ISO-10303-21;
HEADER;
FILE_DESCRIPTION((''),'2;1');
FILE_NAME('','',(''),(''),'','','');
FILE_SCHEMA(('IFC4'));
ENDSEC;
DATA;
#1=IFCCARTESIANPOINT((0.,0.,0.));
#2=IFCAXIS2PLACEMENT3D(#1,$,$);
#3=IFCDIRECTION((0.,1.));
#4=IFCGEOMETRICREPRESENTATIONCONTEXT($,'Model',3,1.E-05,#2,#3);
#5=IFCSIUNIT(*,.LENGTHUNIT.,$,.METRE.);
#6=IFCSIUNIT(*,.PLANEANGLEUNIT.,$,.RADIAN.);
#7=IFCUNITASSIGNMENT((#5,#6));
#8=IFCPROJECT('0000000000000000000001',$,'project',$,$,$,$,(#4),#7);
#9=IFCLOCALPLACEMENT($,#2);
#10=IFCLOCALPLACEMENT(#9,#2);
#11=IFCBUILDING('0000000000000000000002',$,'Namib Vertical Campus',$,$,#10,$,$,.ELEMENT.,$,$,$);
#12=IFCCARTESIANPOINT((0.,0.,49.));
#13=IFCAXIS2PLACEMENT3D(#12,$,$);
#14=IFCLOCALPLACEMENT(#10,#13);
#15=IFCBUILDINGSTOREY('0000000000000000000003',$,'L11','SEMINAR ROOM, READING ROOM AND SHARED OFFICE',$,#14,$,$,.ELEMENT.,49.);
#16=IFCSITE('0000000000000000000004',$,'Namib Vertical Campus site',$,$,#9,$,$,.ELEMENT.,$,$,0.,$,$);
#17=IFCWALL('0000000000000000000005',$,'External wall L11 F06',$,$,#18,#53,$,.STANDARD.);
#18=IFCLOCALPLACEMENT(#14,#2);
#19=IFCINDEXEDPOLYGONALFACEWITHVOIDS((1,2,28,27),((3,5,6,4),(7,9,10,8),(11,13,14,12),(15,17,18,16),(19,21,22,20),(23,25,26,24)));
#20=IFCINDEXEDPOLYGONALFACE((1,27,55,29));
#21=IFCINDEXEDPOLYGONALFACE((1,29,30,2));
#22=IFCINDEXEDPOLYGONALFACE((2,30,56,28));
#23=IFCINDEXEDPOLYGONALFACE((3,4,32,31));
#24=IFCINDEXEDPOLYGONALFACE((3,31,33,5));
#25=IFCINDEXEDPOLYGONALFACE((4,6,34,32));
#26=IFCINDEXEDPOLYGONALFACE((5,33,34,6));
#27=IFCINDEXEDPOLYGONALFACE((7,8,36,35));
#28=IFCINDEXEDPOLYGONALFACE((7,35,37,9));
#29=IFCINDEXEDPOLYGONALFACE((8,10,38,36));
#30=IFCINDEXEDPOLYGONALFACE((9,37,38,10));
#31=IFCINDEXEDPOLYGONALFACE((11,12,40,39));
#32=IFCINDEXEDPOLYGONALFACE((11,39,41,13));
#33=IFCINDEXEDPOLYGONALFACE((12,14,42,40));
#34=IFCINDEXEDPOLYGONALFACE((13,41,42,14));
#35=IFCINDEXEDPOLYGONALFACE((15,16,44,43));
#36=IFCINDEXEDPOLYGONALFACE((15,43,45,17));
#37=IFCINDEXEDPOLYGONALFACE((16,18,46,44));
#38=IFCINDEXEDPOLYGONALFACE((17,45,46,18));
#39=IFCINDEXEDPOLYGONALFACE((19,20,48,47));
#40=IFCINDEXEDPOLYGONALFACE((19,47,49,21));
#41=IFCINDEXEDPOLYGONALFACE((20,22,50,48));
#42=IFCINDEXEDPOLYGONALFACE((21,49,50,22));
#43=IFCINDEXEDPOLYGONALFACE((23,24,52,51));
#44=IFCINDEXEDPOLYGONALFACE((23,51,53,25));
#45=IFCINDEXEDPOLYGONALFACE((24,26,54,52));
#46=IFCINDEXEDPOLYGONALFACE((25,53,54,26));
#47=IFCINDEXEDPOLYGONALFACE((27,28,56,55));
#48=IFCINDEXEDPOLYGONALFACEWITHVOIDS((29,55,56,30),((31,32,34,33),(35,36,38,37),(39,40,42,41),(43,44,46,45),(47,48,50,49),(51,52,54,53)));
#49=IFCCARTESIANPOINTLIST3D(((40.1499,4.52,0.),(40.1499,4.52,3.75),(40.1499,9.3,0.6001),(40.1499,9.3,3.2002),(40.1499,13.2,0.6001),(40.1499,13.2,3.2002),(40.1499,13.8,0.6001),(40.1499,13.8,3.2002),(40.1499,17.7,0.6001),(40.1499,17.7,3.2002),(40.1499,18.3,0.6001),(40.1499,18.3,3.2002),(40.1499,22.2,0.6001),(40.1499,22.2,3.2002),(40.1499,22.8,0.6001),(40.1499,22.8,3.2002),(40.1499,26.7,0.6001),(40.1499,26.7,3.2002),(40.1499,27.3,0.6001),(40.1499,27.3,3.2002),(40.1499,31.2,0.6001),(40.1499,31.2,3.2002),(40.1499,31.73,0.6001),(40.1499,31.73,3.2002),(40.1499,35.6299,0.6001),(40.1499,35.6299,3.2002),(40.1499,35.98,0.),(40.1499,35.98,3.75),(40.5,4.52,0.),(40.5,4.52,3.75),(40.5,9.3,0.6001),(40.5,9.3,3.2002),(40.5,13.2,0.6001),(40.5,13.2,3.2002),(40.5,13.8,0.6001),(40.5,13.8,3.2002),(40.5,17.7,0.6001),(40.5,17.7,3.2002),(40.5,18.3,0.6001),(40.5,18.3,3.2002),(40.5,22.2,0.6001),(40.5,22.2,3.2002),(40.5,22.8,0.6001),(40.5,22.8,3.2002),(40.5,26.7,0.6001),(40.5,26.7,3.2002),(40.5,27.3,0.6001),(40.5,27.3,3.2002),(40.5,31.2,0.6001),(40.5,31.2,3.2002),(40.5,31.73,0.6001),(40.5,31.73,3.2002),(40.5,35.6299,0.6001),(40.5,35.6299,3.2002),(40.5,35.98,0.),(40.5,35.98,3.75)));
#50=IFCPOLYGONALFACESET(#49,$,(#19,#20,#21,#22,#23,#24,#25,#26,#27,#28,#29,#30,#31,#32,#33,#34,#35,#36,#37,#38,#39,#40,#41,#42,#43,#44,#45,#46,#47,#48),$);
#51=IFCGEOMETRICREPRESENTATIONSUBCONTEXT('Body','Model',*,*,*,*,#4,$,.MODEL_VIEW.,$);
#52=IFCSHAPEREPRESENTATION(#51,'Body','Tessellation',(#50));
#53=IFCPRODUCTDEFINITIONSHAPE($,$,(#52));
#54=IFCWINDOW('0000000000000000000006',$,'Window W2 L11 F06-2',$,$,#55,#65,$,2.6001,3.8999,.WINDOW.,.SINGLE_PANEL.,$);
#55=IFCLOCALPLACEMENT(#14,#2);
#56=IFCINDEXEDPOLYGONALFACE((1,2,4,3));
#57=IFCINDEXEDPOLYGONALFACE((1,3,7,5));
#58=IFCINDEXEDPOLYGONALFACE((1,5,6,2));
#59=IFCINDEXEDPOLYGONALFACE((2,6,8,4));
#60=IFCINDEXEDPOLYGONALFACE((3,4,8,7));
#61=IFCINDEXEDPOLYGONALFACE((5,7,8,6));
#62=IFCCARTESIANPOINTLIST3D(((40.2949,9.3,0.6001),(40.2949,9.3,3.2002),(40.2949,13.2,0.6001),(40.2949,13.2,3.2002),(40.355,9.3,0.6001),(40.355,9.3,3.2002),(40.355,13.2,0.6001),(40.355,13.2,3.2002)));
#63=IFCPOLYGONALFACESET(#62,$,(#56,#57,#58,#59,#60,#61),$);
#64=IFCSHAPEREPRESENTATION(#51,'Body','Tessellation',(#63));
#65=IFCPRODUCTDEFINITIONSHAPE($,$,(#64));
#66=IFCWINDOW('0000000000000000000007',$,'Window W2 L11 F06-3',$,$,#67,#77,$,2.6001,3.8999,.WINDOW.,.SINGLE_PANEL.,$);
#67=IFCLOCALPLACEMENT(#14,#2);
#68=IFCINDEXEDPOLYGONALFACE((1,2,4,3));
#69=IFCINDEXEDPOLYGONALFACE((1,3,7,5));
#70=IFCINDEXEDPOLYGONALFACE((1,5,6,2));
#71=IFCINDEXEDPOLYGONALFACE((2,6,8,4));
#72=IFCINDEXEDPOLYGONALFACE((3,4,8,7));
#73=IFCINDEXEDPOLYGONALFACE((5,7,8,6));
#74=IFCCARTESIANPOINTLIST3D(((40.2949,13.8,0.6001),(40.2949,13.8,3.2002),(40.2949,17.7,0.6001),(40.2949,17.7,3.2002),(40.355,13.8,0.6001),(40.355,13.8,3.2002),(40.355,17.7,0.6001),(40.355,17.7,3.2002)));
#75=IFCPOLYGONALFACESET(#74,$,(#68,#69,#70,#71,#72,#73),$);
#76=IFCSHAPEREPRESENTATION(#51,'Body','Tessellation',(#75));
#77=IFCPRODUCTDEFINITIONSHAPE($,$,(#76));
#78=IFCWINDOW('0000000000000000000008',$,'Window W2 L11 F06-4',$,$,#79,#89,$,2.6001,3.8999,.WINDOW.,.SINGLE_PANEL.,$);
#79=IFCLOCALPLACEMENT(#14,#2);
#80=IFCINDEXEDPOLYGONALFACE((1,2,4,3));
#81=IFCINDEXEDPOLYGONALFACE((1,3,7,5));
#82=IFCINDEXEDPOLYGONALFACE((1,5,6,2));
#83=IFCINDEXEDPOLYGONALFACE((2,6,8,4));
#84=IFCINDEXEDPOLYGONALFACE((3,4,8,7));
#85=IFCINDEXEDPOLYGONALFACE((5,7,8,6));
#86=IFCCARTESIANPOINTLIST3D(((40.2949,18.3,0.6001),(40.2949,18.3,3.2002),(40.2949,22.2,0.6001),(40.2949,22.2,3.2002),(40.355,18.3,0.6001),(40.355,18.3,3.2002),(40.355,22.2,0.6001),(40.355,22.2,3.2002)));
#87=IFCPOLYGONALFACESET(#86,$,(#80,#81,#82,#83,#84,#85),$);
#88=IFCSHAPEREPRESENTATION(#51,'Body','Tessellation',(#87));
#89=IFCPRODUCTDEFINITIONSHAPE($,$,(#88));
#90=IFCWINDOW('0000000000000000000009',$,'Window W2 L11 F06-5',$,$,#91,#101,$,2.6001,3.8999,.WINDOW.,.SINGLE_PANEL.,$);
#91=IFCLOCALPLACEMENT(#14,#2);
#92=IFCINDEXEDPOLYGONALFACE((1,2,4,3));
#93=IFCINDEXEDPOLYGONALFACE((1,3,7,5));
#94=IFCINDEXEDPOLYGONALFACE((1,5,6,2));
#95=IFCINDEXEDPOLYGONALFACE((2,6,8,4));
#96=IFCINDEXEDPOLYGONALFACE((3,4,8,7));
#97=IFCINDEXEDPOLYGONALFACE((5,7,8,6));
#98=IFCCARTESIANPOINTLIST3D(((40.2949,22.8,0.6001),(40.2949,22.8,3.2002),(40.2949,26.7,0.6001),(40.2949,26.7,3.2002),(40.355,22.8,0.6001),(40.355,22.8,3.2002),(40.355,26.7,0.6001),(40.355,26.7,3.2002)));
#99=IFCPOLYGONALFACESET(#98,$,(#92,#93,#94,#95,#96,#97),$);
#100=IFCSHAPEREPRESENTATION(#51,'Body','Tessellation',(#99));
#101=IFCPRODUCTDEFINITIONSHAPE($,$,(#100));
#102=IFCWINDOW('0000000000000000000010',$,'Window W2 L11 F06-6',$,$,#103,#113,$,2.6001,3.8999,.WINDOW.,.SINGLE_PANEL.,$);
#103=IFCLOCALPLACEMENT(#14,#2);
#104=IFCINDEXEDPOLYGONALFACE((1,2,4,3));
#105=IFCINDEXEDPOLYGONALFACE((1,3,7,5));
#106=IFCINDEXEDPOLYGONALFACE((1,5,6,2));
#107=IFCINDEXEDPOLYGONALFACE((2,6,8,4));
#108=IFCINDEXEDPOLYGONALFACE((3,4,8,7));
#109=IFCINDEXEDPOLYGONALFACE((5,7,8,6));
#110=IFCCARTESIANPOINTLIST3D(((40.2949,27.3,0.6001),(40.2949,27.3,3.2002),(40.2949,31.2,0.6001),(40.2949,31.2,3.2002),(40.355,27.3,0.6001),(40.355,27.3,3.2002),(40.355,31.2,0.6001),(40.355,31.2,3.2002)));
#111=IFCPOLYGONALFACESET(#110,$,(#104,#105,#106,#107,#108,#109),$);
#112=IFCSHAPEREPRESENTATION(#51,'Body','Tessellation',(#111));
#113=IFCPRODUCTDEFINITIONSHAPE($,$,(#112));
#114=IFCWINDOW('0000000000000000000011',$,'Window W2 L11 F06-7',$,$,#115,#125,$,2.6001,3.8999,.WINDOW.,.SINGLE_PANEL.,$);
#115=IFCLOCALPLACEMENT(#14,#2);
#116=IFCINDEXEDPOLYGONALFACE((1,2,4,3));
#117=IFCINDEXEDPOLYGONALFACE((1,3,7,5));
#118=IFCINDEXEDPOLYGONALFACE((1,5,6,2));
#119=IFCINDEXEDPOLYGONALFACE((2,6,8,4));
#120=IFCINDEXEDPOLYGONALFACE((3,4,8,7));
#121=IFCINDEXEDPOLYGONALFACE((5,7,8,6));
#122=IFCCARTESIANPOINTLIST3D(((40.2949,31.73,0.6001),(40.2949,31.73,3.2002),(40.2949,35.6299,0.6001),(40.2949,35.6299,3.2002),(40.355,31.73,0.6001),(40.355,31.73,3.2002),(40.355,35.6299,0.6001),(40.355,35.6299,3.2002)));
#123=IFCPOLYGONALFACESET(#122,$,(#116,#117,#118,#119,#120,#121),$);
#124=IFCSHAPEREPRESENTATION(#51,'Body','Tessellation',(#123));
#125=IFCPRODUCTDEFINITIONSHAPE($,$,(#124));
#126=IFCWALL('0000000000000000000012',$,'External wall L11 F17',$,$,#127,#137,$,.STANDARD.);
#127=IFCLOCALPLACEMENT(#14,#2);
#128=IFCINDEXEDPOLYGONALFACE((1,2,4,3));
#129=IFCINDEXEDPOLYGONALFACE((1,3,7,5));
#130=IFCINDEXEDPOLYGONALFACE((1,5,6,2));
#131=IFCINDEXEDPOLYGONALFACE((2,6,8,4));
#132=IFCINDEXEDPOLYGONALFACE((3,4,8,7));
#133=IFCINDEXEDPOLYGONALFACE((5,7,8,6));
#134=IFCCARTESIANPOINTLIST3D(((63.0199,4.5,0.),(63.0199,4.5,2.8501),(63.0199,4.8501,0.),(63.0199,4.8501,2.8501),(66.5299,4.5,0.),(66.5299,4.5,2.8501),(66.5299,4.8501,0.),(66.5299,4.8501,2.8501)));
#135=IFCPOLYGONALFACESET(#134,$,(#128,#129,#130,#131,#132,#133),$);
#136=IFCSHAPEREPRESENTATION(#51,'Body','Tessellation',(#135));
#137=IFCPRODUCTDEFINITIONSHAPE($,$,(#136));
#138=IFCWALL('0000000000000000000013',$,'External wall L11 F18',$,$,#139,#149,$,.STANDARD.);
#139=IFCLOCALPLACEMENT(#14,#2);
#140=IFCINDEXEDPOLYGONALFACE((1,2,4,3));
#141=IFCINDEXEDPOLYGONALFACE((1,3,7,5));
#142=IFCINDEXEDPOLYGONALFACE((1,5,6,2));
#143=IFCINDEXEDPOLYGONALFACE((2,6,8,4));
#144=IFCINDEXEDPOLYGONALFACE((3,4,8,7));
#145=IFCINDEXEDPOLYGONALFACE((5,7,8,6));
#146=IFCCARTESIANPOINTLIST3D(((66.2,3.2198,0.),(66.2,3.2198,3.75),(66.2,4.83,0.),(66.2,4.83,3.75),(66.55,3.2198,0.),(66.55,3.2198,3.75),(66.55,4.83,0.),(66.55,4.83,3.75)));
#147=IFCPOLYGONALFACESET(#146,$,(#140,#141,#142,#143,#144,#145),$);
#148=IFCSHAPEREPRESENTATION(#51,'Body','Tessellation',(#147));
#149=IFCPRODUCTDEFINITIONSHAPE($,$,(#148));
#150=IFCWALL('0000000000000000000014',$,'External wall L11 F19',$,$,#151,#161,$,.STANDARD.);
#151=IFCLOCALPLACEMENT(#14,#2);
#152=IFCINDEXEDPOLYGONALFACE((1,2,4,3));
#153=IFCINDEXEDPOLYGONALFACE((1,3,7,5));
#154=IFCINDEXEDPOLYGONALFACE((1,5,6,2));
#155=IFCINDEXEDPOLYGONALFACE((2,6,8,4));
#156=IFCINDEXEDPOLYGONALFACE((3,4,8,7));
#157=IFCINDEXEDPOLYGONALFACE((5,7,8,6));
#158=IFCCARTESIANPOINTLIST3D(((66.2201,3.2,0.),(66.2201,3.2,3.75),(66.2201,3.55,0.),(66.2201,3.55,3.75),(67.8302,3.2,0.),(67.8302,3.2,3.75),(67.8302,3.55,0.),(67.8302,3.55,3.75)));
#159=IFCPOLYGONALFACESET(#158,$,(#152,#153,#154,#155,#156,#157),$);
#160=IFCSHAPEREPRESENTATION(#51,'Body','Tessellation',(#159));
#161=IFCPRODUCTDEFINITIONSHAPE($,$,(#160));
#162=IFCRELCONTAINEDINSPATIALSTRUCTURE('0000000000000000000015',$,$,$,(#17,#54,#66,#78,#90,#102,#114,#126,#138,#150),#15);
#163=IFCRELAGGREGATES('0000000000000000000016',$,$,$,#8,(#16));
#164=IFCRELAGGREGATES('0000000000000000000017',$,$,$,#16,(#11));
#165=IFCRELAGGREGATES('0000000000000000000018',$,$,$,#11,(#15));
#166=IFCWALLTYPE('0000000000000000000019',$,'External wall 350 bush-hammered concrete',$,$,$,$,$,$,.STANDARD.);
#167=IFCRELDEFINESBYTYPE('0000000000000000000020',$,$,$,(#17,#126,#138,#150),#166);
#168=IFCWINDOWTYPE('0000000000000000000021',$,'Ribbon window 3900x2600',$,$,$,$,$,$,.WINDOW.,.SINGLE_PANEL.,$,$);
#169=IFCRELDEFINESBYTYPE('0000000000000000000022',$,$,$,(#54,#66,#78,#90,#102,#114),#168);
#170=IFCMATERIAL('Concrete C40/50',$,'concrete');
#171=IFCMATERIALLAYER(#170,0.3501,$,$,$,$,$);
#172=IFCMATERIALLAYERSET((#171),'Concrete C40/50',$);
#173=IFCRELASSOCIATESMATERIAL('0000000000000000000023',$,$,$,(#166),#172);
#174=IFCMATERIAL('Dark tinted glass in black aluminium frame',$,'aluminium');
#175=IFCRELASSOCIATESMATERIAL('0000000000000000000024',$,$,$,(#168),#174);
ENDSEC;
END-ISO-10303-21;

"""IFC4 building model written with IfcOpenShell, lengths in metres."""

from ifc_helpers import new_model, si_unit, direction, frame, frame_2d, origin, place, context, subcontext, project, spatial, rectangle, extrude, material, layer, layer_set, type_object, element, fill, save


model = new_model("IFC4")

# Units and contexts
model_context = context("Model", 3, precision=1e-05, world=origin(), true_north=direction((0.0, 1.0)))
body_context = subcontext(model_context, "Body", "Model", "MODEL_VIEW")
ifc_project = project(units=[si_unit("LENGTHUNIT", "METRE"), si_unit("PLANEANGLEUNIT", "RADIAN")], contexts=[model_context])

# Site, building, storey
site_placement = place(None, origin())
site = spatial("IfcSite", under=ifc_project, at=site_placement, Name="Namib Vertical Campus site", CompositionType="ELEMENT", RefElevation=0.0)
building_placement = place(site_placement, origin())
building = spatial("IfcBuilding", under=site, at=building_placement, Name="Namib Vertical Campus", CompositionType="ELEMENT")
storey_placement = place(building_placement, frame((0.0, 0.0, 49.0)))
storey = spatial("IfcBuildingStorey", under=building, at=storey_placement, Name="L11", Description="SEMINAR ROOM, READING ROOM AND SHARED OFFICE", CompositionType="ELEMENT", Elevation=49.0)

# Shared definitions
ifc_material_1 = material(Name="Concrete C40/50", Category="concrete")
ifc_layer_1 = layer(ifc_material_1, 0.3501)
ifc_layer_set_1 = layer_set([ifc_layer_1], Name="Concrete C40/50")
wall_type_1 = type_object("IfcWallType", Name="External wall 350 bush-hammered concrete", PredefinedType="STANDARD", material=ifc_layer_set_1)

# Wall, openings, windows
wall_1_placement = place(storey_placement, frame((40.325, 4.52, 0.0), z_axis=(0.0, 0.0, 1.0), x_axis=(0.0, 1.0, 0.0)))
wall_1 = element("IfcWall", 1, at=wall_1_placement, inside=storey, type_object=wall_type_1, Name="External wall L11 F06", PredefinedType="STANDARD", context=body_context, shape_type="SweptSolid", body=[
    extrude(rectangle(XDim=31.46, YDim=0.3501, at=frame_2d((15.73, 0.0))), origin(), (0.0, 0.0, 1.0), 3.75),
])
opening_1_placement = place(wall_1_placement, frame((4.78, 0.0, 0.6001)))
opening_1 = element("IfcOpeningElement", 2, at=opening_1_placement, cuts=wall_1, PredefinedType="OPENING", context=body_context, shape_type="SweptSolid", body=[
    extrude(rectangle(XDim=3.8999, YDim=2.6001, at=frame_2d((1.95, 1.3))), frame((0.0, 0.1851, 0.0), z_axis=(0.0, -1.0, 0.0), x_axis=(1.0, 0.0, 0.0)), (0.0, 0.0, 1.0), 0.3701),
])
opening_2_placement = place(wall_1_placement, frame((9.28, 0.0, 0.6001)))
opening_2 = element("IfcOpeningElement", 3, at=opening_2_placement, cuts=wall_1, PredefinedType="OPENING", context=body_context, shape_type="SweptSolid", body=[
    extrude(rectangle(XDim=3.8999, YDim=2.6001, at=frame_2d((1.95, 1.3))), frame((0.0, 0.1851, 0.0), z_axis=(0.0, -1.0, 0.0), x_axis=(1.0, 0.0, 0.0)), (0.0, 0.0, 1.0), 0.3701),
])
opening_3_placement = place(wall_1_placement, frame((13.78, 0.0, 0.6001)))
opening_3 = element("IfcOpeningElement", 4, at=opening_3_placement, cuts=wall_1, PredefinedType="OPENING", context=body_context, shape_type="SweptSolid", body=[
    extrude(rectangle(XDim=3.8999, YDim=2.6001, at=frame_2d((1.95, 1.3))), frame((0.0, 0.1851, 0.0), z_axis=(0.0, -1.0, 0.0), x_axis=(1.0, 0.0, 0.0)), (0.0, 0.0, 1.0), 0.3701),
])
opening_4_placement = place(wall_1_placement, frame((18.28, 0.0, 0.6001)))
opening_4 = element("IfcOpeningElement", 5, at=opening_4_placement, cuts=wall_1, PredefinedType="OPENING", context=body_context, shape_type="SweptSolid", body=[
    extrude(rectangle(XDim=3.8999, YDim=2.6001, at=frame_2d((1.95, 1.3))), frame((0.0, 0.1851, 0.0), z_axis=(0.0, -1.0, 0.0), x_axis=(1.0, 0.0, 0.0)), (0.0, 0.0, 1.0), 0.3701),
])
opening_5_placement = place(wall_1_placement, frame((22.78, 0.0, 0.6001)))
opening_5 = element("IfcOpeningElement", 6, at=opening_5_placement, cuts=wall_1, PredefinedType="OPENING", context=body_context, shape_type="SweptSolid", body=[
    extrude(rectangle(XDim=3.8999, YDim=2.6001, at=frame_2d((1.95, 1.3))), frame((0.0, 0.1851, 0.0), z_axis=(0.0, -1.0, 0.0), x_axis=(1.0, 0.0, 0.0)), (0.0, 0.0, 1.0), 0.3701),
])
opening_6_placement = place(wall_1_placement, frame((27.21, 0.0, 0.6001)))
opening_6 = element("IfcOpeningElement", 7, at=opening_6_placement, cuts=wall_1, PredefinedType="OPENING", context=body_context, shape_type="SweptSolid", body=[
    extrude(rectangle(XDim=3.8999, YDim=2.6001, at=frame_2d((1.95, 1.3))), frame((0.0, 0.1851, 0.0), z_axis=(0.0, -1.0, 0.0), x_axis=(1.0, 0.0, 0.0)), (0.0, 0.0, 1.0), 0.3701),
])
ifc_material_2 = material(Name="Dark tinted glass in black aluminium frame", Category="aluminium")
window_type = type_object("IfcWindowType", Name="Ribbon window 3900x2600", PartitioningType="SINGLE_PANEL", PredefinedType="WINDOW", material=ifc_material_2)
window_1_placement = place(opening_1_placement, origin())
window_1 = element("IfcWindow", 8, at=window_1_placement, inside=storey, type_object=window_type, Name="Window W2 L11 F06-2", OverallHeight=2.6001, OverallWidth=3.8999, PartitioningType="SINGLE_PANEL", PredefinedType="WINDOW", context=body_context, shape_type="SweptSolid", body=[
    extrude(rectangle(XDim=3.8999, YDim=2.6001, at=frame_2d((1.95, 1.3))), frame((0.0, 0.03, 0.0), z_axis=(0.0, -1.0, 0.0), x_axis=(1.0, 0.0, 0.0)), (0.0, 0.0, 1.0), 0.0601),
])
fill(opening_1, window_1)
window_2_placement = place(opening_2_placement, origin())
window_2 = element("IfcWindow", 9, at=window_2_placement, inside=storey, type_object=window_type, Name="Window W2 L11 F06-3", OverallHeight=2.6001, OverallWidth=3.8999, PartitioningType="SINGLE_PANEL", PredefinedType="WINDOW", context=body_context, shape_type="SweptSolid", body=[
    extrude(rectangle(XDim=3.8999, YDim=2.6001, at=frame_2d((1.95, 1.3))), frame((0.0, 0.03, 0.0), z_axis=(0.0, -1.0, 0.0), x_axis=(1.0, 0.0, 0.0)), (0.0, 0.0, 1.0), 0.0601),
])
fill(opening_2, window_2)
window_3_placement = place(opening_3_placement, origin())
window_3 = element("IfcWindow", 10, at=window_3_placement, inside=storey, type_object=window_type, Name="Window W2 L11 F06-4", OverallHeight=2.6001, OverallWidth=3.8999, PartitioningType="SINGLE_PANEL", PredefinedType="WINDOW", context=body_context, shape_type="SweptSolid", body=[
    extrude(rectangle(XDim=3.8999, YDim=2.6001, at=frame_2d((1.95, 1.3))), frame((0.0, 0.03, 0.0), z_axis=(0.0, -1.0, 0.0), x_axis=(1.0, 0.0, 0.0)), (0.0, 0.0, 1.0), 0.0601),
])
fill(opening_3, window_3)
window_4_placement = place(opening_4_placement, origin())
window_4 = element("IfcWindow", 11, at=window_4_placement, inside=storey, type_object=window_type, Name="Window W2 L11 F06-5", OverallHeight=2.6001, OverallWidth=3.8999, PartitioningType="SINGLE_PANEL", PredefinedType="WINDOW", context=body_context, shape_type="SweptSolid", body=[
    extrude(rectangle(XDim=3.8999, YDim=2.6001, at=frame_2d((1.95, 1.3))), frame((0.0, 0.03, 0.0), z_axis=(0.0, -1.0, 0.0), x_axis=(1.0, 0.0, 0.0)), (0.0, 0.0, 1.0), 0.0601),
])
fill(opening_4, window_4)
window_5_placement = place(opening_5_placement, origin())
window_5 = element("IfcWindow", 12, at=window_5_placement, inside=storey, type_object=window_type, Name="Window W2 L11 F06-6", OverallHeight=2.6001, OverallWidth=3.8999, PartitioningType="SINGLE_PANEL", PredefinedType="WINDOW", context=body_context, shape_type="SweptSolid", body=[
    extrude(rectangle(XDim=3.8999, YDim=2.6001, at=frame_2d((1.95, 1.3))), frame((0.0, 0.03, 0.0), z_axis=(0.0, -1.0, 0.0), x_axis=(1.0, 0.0, 0.0)), (0.0, 0.0, 1.0), 0.0601),
])
fill(opening_5, window_5)
window_6_placement = place(opening_6_placement, origin())
window_6 = element("IfcWindow", 13, at=window_6_placement, inside=storey, type_object=window_type, Name="Window W2 L11 F06-7", OverallHeight=2.6001, OverallWidth=3.8999, PartitioningType="SINGLE_PANEL", PredefinedType="WINDOW", context=body_context, shape_type="SweptSolid", body=[
    extrude(rectangle(XDim=3.8999, YDim=2.6001, at=frame_2d((1.95, 1.3))), frame((0.0, 0.03, 0.0), z_axis=(0.0, -1.0, 0.0), x_axis=(1.0, 0.0, 0.0)), (0.0, 0.0, 1.0), 0.0601),
])
fill(opening_6, window_6)

# Walls
wall_2_placement = place(storey_placement, frame((63.02, 4.675, 0.0), z_axis=(0.0, 0.0, 1.0), x_axis=(1.0, 0.0, 0.0)))
element("IfcWall", 14, at=wall_2_placement, inside=storey, type_object=wall_type_1, Name="External wall L11 F17", PredefinedType="STANDARD", context=body_context, shape_type="SweptSolid", body=[
    extrude(rectangle(XDim=3.51, YDim=0.3501, at=frame_2d((1.7549, 0.0))), origin(), (0.0, 0.0, 1.0), 2.8501),
])
for number, where, z_axis, x_axis, name in (
    (15, (66.375, 4.8301, 0.0), (0.0, 0.0, 1.0), (0.0, -1.0, 0.0), "External wall L11 F18"),
    (16, (66.22, 3.375, 0.0), (0.0, 0.0, 1.0), (1.0, 0.0, 0.0), "External wall L11 F19"),
):
    element("IfcWall", number, at=place(storey_placement, frame(where, z_axis=z_axis, x_axis=x_axis)), inside=storey, type_object=wall_type_1, Name=name, PredefinedType="STANDARD", context=body_context, shape_type="SweptSolid", body=[
        extrude(rectangle(XDim=1.6101, YDim=0.3501, at=frame_2d((0.8052, 0.0))), origin(), (0.0, 0.0, 1.0), 3.75),
    ])

save(model, "model.ifc")
